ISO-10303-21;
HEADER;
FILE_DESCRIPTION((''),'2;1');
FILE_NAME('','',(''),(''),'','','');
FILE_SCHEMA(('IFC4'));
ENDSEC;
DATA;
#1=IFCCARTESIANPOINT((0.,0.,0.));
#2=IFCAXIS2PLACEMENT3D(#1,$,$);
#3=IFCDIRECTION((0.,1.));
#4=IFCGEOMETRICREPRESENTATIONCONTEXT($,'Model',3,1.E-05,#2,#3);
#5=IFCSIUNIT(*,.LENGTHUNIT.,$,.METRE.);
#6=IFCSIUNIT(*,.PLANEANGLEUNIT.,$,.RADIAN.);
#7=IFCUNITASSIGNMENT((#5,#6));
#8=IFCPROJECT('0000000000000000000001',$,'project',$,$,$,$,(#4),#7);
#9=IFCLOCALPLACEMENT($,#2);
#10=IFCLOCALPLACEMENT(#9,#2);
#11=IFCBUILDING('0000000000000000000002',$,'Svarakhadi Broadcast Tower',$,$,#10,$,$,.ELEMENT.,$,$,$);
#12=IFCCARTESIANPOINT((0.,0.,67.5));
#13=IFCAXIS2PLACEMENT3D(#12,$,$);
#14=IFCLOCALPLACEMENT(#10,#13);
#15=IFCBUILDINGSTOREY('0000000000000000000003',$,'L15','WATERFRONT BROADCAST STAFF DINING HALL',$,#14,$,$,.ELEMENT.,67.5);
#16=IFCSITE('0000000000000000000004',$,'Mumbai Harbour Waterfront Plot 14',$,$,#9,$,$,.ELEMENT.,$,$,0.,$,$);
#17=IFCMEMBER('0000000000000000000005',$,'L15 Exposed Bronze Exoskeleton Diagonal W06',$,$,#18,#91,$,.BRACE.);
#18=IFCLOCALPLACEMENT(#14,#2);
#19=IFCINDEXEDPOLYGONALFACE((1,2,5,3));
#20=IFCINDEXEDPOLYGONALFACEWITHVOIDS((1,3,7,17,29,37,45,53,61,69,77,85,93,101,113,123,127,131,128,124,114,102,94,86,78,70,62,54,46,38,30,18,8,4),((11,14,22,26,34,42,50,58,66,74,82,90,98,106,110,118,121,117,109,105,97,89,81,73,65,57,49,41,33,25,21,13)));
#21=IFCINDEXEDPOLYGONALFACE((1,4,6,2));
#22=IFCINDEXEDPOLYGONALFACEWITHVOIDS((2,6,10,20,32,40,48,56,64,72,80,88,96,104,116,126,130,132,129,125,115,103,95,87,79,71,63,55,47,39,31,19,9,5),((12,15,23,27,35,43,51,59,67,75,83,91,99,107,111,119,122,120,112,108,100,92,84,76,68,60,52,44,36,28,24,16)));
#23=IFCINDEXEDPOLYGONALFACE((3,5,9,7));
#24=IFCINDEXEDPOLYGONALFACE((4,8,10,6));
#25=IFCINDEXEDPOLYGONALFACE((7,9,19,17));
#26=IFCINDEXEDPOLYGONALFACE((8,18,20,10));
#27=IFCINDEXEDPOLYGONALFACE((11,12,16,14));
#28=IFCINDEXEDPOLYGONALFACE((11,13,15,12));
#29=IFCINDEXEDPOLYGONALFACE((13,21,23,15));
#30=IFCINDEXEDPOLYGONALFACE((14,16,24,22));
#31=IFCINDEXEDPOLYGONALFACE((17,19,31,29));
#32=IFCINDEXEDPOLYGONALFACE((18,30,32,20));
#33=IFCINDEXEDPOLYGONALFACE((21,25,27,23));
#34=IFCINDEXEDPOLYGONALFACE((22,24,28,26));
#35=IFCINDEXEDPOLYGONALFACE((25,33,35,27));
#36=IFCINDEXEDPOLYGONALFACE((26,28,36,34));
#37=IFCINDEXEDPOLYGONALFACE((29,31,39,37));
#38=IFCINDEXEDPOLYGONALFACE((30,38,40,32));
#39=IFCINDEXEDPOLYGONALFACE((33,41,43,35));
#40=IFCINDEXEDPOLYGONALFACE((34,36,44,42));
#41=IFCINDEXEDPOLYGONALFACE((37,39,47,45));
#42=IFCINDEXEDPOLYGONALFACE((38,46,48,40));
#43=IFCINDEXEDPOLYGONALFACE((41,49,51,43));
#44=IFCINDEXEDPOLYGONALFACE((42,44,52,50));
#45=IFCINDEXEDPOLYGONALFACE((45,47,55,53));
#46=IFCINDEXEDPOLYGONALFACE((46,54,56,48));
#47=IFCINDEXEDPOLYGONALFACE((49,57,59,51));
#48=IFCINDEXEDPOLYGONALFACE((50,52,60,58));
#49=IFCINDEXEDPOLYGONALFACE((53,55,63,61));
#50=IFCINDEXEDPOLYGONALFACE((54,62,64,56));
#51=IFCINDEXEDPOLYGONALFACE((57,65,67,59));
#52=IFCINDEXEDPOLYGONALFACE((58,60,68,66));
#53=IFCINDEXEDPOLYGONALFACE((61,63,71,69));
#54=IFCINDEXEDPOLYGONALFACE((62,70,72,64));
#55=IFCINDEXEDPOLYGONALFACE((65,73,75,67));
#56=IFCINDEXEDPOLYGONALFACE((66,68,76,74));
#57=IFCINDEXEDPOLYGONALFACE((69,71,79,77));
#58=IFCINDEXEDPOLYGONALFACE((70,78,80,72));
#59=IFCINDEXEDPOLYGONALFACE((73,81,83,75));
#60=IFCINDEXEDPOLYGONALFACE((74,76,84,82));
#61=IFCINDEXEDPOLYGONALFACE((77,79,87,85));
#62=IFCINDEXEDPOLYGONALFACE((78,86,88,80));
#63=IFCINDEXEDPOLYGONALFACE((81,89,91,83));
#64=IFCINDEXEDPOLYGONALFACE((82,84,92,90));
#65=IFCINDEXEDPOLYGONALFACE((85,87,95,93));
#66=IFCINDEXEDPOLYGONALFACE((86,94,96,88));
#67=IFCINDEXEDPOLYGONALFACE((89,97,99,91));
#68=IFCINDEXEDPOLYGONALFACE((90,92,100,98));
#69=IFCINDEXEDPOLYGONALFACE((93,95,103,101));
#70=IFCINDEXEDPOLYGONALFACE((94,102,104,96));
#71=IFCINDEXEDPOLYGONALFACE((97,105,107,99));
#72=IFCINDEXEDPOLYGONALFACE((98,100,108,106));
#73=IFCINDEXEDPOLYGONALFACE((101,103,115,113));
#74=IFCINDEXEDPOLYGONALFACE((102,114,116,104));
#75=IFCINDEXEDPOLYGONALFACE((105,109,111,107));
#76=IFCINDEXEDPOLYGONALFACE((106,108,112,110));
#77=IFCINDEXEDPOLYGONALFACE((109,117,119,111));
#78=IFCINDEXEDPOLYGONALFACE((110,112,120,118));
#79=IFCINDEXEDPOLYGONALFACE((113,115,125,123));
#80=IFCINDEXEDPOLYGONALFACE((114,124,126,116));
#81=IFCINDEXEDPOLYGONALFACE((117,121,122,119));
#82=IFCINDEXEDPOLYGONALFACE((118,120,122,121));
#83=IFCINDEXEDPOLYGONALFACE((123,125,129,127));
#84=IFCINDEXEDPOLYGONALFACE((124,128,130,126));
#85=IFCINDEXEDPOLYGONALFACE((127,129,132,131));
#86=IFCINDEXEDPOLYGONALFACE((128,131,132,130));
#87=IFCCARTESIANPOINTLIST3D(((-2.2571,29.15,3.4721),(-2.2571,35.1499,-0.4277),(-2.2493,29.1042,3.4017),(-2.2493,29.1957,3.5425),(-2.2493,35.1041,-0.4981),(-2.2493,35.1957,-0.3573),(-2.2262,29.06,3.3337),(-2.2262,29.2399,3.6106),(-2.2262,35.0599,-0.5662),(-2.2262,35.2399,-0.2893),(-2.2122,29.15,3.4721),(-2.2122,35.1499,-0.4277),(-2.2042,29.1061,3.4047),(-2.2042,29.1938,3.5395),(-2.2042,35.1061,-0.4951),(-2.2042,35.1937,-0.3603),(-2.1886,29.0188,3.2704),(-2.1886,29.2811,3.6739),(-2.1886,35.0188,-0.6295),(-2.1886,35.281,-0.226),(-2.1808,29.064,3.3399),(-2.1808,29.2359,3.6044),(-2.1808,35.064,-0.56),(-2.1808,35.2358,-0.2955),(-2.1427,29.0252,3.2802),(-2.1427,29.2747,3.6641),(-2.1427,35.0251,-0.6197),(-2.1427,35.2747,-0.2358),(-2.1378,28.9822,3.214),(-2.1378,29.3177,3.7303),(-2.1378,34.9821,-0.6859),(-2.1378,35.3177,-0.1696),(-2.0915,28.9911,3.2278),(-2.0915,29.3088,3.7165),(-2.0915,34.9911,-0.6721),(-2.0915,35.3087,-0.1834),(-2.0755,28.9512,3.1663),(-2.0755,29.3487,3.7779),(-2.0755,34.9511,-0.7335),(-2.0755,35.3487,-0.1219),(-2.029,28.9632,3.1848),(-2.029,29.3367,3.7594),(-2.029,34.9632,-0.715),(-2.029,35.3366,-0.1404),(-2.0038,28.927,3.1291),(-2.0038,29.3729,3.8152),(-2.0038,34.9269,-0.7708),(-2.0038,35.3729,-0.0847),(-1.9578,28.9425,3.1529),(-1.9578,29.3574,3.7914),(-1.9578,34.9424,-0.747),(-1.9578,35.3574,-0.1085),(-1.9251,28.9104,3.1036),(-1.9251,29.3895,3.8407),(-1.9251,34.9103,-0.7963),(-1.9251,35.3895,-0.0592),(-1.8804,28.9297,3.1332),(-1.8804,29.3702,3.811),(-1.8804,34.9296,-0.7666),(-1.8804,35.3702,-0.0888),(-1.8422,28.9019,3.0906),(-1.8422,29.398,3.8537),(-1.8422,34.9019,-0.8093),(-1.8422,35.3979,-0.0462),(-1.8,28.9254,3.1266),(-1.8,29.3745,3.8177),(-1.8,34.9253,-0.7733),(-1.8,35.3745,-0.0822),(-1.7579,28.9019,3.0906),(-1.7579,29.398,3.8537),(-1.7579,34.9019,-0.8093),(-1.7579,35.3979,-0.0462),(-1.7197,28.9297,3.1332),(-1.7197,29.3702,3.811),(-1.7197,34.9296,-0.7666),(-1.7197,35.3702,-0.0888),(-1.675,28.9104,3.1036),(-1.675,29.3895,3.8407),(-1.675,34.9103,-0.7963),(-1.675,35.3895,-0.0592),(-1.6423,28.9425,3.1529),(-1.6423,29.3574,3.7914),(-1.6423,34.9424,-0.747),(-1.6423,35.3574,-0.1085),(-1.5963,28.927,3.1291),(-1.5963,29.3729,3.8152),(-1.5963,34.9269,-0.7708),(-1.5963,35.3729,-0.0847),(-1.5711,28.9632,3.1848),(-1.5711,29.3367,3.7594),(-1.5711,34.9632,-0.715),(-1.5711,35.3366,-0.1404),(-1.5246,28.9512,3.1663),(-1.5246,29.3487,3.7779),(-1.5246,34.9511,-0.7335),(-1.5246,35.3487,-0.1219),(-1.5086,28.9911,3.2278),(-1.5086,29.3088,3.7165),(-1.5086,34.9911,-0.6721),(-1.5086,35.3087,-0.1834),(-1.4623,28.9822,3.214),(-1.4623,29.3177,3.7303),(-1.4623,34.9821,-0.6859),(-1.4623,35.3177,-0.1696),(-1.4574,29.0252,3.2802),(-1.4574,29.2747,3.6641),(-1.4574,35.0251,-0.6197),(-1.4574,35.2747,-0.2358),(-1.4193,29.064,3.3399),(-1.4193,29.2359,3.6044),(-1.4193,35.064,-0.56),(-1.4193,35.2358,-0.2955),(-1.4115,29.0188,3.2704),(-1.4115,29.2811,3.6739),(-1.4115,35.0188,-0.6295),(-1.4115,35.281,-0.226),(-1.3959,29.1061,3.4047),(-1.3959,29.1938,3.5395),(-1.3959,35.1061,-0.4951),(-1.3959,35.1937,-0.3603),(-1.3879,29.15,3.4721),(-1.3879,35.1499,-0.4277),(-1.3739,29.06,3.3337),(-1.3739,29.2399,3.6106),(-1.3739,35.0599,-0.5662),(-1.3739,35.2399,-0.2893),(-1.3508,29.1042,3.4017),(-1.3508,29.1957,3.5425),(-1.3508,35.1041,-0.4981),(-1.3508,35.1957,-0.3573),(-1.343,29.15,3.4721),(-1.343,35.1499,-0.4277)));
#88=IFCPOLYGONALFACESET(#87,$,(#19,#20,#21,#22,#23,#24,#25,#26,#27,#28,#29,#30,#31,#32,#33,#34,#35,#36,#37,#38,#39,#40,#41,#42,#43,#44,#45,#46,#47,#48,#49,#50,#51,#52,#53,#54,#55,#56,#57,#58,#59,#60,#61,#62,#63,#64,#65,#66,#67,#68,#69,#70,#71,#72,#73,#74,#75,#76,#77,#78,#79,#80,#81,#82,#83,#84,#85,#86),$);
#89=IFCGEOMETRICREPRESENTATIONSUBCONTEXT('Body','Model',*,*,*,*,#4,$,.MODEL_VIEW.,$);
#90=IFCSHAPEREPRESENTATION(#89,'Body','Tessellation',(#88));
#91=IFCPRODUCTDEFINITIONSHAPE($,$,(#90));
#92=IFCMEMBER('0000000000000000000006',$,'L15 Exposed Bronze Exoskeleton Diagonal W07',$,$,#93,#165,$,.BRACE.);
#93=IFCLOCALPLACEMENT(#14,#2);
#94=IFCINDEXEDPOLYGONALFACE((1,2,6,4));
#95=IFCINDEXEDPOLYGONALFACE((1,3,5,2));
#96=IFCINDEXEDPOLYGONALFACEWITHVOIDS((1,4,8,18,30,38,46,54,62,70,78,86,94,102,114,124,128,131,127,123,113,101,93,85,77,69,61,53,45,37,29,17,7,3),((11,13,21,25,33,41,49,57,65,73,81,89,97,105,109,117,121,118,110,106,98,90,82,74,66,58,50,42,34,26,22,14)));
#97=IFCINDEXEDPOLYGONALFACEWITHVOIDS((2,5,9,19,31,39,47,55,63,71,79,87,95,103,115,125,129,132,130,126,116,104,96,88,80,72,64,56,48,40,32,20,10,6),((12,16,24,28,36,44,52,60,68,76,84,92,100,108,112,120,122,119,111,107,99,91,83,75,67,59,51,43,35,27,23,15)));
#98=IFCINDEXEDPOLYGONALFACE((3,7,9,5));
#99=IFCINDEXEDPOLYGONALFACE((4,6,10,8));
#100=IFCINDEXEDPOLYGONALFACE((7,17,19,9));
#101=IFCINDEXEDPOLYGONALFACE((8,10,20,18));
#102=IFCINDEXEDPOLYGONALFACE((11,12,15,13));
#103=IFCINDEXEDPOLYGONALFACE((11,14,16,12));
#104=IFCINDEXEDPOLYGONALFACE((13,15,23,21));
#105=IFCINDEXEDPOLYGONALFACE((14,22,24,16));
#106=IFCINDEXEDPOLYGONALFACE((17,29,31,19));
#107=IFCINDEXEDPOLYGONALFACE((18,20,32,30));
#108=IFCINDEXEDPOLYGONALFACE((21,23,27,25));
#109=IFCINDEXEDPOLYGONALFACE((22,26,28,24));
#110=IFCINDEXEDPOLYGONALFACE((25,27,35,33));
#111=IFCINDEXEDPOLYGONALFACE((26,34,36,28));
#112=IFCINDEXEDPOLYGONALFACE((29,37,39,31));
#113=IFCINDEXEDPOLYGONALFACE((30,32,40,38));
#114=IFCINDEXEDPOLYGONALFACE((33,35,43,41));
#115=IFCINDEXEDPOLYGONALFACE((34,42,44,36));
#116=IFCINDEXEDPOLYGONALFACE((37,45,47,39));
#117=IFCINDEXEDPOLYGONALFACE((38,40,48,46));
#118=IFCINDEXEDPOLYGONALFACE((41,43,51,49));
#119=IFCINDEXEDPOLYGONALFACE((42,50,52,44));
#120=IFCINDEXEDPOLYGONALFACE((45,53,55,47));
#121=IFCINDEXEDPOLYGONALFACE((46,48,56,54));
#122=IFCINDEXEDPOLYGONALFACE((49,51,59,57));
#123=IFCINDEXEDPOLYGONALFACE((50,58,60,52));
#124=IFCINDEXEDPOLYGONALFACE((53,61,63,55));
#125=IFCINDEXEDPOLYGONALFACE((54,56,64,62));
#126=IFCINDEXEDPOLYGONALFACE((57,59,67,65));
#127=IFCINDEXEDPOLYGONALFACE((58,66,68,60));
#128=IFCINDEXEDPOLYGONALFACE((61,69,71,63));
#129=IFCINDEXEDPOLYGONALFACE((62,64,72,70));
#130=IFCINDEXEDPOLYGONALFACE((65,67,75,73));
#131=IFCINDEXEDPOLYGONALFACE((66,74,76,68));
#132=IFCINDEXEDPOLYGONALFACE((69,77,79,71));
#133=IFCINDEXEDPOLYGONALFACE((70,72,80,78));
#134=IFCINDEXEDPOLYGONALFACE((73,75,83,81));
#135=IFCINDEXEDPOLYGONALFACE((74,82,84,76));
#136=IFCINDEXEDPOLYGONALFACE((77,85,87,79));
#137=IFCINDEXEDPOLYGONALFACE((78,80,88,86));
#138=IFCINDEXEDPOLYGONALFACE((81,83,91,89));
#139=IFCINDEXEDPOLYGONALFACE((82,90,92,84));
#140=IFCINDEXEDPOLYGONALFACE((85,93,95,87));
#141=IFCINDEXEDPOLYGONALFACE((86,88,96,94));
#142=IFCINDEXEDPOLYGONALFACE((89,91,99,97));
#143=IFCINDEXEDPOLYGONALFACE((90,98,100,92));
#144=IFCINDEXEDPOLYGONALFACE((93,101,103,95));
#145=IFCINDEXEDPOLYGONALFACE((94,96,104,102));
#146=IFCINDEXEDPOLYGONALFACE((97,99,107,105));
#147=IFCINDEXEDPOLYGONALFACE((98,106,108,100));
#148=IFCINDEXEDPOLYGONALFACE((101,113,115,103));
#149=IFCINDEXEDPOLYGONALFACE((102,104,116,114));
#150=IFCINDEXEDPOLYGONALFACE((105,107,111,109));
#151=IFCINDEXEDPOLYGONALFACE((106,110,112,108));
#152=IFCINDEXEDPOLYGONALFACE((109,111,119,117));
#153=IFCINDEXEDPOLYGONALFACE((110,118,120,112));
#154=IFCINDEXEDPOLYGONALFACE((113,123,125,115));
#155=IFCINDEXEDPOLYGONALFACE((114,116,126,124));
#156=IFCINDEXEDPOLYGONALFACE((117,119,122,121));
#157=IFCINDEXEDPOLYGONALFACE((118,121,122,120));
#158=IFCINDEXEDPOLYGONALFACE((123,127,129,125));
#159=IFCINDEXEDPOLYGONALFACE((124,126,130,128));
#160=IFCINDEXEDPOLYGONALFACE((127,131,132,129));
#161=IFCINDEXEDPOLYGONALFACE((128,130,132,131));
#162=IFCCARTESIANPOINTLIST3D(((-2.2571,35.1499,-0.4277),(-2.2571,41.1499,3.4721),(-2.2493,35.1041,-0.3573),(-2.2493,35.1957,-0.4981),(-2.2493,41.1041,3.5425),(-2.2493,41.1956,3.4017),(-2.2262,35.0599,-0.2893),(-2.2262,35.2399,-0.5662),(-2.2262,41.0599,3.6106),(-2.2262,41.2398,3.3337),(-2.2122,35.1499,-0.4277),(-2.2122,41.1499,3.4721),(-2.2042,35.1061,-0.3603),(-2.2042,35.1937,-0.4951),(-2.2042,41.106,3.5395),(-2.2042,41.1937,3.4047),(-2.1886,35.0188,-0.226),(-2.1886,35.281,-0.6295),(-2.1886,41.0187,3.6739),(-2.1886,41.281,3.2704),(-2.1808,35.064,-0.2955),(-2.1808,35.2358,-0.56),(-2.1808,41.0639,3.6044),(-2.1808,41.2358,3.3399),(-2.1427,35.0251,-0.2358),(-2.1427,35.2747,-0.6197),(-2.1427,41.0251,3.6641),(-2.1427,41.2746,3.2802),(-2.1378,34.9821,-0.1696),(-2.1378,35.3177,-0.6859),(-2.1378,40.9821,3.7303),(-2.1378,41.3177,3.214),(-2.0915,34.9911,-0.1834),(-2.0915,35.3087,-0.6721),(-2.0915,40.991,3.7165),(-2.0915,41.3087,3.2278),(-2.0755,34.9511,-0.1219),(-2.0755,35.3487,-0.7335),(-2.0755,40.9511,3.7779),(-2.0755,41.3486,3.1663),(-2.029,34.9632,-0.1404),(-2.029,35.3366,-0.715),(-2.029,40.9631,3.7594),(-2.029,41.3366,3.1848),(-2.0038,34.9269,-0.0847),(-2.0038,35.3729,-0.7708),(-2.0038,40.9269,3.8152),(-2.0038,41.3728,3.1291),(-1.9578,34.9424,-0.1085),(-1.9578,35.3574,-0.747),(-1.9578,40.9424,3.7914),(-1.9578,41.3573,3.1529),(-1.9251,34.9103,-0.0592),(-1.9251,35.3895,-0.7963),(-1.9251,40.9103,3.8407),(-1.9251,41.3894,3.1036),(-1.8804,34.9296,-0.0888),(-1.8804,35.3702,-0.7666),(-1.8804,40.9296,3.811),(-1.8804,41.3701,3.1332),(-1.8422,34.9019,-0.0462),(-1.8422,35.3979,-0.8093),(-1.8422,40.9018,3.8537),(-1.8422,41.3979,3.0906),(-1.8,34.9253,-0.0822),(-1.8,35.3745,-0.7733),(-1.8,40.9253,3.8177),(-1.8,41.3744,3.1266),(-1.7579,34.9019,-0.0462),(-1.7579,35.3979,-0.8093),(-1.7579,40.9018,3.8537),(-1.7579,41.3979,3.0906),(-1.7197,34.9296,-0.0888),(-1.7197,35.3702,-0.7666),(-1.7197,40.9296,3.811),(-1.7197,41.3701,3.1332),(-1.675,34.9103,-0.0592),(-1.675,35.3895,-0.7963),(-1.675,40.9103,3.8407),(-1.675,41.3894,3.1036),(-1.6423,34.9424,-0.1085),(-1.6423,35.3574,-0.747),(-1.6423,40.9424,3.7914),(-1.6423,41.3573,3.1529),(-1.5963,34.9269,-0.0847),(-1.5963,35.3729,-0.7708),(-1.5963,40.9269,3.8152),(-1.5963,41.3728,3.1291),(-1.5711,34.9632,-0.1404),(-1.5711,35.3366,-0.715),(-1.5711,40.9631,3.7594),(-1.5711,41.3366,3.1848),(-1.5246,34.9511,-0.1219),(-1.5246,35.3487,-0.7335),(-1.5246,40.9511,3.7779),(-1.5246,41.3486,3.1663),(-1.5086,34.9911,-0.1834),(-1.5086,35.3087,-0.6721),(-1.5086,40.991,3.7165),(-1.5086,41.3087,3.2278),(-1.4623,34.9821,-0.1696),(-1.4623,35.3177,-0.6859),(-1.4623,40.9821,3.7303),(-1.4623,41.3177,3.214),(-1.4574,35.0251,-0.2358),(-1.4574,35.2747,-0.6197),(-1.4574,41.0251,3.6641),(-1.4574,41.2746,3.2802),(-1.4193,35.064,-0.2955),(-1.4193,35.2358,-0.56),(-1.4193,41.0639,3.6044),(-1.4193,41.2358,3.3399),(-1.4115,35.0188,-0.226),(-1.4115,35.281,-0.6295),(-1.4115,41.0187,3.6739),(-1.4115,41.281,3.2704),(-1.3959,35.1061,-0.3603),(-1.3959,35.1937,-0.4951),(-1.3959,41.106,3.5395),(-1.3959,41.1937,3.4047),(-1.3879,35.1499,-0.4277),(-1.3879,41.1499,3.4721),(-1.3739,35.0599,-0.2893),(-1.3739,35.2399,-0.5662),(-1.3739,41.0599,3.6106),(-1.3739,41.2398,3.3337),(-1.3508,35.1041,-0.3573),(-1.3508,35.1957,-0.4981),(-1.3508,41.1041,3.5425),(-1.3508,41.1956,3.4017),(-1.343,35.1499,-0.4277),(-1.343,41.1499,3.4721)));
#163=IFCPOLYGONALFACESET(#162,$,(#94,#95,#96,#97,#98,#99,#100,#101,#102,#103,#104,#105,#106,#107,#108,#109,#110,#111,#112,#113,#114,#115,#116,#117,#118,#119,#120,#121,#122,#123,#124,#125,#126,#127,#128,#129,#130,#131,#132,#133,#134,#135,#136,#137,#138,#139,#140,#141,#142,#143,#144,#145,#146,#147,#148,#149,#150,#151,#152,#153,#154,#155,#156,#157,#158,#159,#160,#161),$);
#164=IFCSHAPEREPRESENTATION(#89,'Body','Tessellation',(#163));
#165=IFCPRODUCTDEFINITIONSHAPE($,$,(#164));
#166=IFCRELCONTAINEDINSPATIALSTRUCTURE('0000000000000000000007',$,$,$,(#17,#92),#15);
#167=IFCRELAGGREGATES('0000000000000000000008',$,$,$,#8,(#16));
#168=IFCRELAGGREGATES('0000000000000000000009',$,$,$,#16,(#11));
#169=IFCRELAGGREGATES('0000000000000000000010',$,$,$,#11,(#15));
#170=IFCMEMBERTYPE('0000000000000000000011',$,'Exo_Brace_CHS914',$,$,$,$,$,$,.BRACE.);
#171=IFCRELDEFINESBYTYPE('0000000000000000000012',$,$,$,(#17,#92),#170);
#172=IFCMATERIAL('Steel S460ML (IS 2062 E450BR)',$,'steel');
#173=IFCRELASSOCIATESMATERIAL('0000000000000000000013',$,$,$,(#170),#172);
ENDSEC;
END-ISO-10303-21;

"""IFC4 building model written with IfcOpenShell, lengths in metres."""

from ifc_helpers import new_model, si_unit, direction, frame, origin, origin_2d, place, context, subcontext, project, spatial, hollow_circle, extrude, material, material_profile, profile_set, type_object, element, save


model = new_model("IFC4")

# Units and contexts
model_context = context("Model", 3, precision=1e-05, world=origin(), true_north=direction((0.0, 1.0)))
body_context = subcontext(model_context, "Body", "Model", "MODEL_VIEW")
ifc_project = project(units=[si_unit("LENGTHUNIT", "METRE"), si_unit("PLANEANGLEUNIT", "RADIAN")], contexts=[model_context])

# Site, building, storey
site_placement = place(None, origin())
site = spatial("IfcSite", under=ifc_project, at=site_placement, Name="Mumbai Harbour Waterfront Plot 14", CompositionType="ELEMENT", RefElevation=0.0)
building_placement = place(site_placement, origin())
building = spatial("IfcBuilding", under=site, at=building_placement, Name="Svarakhadi Broadcast Tower", CompositionType="ELEMENT")
storey_placement = place(building_placement, frame((0.0, 0.0, 67.5)))
storey = spatial("IfcBuildingStorey", under=building, at=storey_placement, Name="L15", Description="WATERFRONT BROADCAST STAFF DINING HALL", CompositionType="ELEMENT", Elevation=67.5)

# Shared definitions
ifc_material_1 = material(Name="Steel S460ML (IS 2062 E450BR)", Category="steel")

# Members
ifc_material_profile_1 = material_profile(ifc_material_1, hollow_circle(Radius=0.457, WallThickness=0.0449, at=origin_2d()), Name="CHS 914x45")
ifc_profile_set_1 = profile_set([ifc_material_profile_1], Name="Steel S460ML (IS 2062 E450BR)")
member_type_1 = type_object("IfcMemberType", Name="Exo_Brace_CHS914", PredefinedType="BRACE", material=ifc_profile_set_1)
for number, where, z_axis, x_axis, name in (
    (1, (-1.8, 35.1499, -0.4277), (0.0, -0.83845, 0.544979), (1.0, 0.0, 0.0), "L15 Exposed Bronze Exoskeleton Diagonal W06"),
    (2, (-1.8, 35.1499, -0.4277), (0.0, 0.83845, 0.544979), (-1.0, 0.0, 0.0), "L15 Exposed Bronze Exoskeleton Diagonal W07"),
):
    element("IfcMember", number, at=place(storey_placement, frame(where, z_axis=z_axis, x_axis=x_axis)), inside=storey, type_object=member_type_1, Name=name, PredefinedType="BRACE", context=body_context, shape_type="SweptSolid", body=[
        extrude(hollow_circle(Radius=0.457, WallThickness=0.0449, at=origin_2d()), origin(), (0.0, 0.0, 1.0), 7.156),
    ])

save(model, "model.ifc")
